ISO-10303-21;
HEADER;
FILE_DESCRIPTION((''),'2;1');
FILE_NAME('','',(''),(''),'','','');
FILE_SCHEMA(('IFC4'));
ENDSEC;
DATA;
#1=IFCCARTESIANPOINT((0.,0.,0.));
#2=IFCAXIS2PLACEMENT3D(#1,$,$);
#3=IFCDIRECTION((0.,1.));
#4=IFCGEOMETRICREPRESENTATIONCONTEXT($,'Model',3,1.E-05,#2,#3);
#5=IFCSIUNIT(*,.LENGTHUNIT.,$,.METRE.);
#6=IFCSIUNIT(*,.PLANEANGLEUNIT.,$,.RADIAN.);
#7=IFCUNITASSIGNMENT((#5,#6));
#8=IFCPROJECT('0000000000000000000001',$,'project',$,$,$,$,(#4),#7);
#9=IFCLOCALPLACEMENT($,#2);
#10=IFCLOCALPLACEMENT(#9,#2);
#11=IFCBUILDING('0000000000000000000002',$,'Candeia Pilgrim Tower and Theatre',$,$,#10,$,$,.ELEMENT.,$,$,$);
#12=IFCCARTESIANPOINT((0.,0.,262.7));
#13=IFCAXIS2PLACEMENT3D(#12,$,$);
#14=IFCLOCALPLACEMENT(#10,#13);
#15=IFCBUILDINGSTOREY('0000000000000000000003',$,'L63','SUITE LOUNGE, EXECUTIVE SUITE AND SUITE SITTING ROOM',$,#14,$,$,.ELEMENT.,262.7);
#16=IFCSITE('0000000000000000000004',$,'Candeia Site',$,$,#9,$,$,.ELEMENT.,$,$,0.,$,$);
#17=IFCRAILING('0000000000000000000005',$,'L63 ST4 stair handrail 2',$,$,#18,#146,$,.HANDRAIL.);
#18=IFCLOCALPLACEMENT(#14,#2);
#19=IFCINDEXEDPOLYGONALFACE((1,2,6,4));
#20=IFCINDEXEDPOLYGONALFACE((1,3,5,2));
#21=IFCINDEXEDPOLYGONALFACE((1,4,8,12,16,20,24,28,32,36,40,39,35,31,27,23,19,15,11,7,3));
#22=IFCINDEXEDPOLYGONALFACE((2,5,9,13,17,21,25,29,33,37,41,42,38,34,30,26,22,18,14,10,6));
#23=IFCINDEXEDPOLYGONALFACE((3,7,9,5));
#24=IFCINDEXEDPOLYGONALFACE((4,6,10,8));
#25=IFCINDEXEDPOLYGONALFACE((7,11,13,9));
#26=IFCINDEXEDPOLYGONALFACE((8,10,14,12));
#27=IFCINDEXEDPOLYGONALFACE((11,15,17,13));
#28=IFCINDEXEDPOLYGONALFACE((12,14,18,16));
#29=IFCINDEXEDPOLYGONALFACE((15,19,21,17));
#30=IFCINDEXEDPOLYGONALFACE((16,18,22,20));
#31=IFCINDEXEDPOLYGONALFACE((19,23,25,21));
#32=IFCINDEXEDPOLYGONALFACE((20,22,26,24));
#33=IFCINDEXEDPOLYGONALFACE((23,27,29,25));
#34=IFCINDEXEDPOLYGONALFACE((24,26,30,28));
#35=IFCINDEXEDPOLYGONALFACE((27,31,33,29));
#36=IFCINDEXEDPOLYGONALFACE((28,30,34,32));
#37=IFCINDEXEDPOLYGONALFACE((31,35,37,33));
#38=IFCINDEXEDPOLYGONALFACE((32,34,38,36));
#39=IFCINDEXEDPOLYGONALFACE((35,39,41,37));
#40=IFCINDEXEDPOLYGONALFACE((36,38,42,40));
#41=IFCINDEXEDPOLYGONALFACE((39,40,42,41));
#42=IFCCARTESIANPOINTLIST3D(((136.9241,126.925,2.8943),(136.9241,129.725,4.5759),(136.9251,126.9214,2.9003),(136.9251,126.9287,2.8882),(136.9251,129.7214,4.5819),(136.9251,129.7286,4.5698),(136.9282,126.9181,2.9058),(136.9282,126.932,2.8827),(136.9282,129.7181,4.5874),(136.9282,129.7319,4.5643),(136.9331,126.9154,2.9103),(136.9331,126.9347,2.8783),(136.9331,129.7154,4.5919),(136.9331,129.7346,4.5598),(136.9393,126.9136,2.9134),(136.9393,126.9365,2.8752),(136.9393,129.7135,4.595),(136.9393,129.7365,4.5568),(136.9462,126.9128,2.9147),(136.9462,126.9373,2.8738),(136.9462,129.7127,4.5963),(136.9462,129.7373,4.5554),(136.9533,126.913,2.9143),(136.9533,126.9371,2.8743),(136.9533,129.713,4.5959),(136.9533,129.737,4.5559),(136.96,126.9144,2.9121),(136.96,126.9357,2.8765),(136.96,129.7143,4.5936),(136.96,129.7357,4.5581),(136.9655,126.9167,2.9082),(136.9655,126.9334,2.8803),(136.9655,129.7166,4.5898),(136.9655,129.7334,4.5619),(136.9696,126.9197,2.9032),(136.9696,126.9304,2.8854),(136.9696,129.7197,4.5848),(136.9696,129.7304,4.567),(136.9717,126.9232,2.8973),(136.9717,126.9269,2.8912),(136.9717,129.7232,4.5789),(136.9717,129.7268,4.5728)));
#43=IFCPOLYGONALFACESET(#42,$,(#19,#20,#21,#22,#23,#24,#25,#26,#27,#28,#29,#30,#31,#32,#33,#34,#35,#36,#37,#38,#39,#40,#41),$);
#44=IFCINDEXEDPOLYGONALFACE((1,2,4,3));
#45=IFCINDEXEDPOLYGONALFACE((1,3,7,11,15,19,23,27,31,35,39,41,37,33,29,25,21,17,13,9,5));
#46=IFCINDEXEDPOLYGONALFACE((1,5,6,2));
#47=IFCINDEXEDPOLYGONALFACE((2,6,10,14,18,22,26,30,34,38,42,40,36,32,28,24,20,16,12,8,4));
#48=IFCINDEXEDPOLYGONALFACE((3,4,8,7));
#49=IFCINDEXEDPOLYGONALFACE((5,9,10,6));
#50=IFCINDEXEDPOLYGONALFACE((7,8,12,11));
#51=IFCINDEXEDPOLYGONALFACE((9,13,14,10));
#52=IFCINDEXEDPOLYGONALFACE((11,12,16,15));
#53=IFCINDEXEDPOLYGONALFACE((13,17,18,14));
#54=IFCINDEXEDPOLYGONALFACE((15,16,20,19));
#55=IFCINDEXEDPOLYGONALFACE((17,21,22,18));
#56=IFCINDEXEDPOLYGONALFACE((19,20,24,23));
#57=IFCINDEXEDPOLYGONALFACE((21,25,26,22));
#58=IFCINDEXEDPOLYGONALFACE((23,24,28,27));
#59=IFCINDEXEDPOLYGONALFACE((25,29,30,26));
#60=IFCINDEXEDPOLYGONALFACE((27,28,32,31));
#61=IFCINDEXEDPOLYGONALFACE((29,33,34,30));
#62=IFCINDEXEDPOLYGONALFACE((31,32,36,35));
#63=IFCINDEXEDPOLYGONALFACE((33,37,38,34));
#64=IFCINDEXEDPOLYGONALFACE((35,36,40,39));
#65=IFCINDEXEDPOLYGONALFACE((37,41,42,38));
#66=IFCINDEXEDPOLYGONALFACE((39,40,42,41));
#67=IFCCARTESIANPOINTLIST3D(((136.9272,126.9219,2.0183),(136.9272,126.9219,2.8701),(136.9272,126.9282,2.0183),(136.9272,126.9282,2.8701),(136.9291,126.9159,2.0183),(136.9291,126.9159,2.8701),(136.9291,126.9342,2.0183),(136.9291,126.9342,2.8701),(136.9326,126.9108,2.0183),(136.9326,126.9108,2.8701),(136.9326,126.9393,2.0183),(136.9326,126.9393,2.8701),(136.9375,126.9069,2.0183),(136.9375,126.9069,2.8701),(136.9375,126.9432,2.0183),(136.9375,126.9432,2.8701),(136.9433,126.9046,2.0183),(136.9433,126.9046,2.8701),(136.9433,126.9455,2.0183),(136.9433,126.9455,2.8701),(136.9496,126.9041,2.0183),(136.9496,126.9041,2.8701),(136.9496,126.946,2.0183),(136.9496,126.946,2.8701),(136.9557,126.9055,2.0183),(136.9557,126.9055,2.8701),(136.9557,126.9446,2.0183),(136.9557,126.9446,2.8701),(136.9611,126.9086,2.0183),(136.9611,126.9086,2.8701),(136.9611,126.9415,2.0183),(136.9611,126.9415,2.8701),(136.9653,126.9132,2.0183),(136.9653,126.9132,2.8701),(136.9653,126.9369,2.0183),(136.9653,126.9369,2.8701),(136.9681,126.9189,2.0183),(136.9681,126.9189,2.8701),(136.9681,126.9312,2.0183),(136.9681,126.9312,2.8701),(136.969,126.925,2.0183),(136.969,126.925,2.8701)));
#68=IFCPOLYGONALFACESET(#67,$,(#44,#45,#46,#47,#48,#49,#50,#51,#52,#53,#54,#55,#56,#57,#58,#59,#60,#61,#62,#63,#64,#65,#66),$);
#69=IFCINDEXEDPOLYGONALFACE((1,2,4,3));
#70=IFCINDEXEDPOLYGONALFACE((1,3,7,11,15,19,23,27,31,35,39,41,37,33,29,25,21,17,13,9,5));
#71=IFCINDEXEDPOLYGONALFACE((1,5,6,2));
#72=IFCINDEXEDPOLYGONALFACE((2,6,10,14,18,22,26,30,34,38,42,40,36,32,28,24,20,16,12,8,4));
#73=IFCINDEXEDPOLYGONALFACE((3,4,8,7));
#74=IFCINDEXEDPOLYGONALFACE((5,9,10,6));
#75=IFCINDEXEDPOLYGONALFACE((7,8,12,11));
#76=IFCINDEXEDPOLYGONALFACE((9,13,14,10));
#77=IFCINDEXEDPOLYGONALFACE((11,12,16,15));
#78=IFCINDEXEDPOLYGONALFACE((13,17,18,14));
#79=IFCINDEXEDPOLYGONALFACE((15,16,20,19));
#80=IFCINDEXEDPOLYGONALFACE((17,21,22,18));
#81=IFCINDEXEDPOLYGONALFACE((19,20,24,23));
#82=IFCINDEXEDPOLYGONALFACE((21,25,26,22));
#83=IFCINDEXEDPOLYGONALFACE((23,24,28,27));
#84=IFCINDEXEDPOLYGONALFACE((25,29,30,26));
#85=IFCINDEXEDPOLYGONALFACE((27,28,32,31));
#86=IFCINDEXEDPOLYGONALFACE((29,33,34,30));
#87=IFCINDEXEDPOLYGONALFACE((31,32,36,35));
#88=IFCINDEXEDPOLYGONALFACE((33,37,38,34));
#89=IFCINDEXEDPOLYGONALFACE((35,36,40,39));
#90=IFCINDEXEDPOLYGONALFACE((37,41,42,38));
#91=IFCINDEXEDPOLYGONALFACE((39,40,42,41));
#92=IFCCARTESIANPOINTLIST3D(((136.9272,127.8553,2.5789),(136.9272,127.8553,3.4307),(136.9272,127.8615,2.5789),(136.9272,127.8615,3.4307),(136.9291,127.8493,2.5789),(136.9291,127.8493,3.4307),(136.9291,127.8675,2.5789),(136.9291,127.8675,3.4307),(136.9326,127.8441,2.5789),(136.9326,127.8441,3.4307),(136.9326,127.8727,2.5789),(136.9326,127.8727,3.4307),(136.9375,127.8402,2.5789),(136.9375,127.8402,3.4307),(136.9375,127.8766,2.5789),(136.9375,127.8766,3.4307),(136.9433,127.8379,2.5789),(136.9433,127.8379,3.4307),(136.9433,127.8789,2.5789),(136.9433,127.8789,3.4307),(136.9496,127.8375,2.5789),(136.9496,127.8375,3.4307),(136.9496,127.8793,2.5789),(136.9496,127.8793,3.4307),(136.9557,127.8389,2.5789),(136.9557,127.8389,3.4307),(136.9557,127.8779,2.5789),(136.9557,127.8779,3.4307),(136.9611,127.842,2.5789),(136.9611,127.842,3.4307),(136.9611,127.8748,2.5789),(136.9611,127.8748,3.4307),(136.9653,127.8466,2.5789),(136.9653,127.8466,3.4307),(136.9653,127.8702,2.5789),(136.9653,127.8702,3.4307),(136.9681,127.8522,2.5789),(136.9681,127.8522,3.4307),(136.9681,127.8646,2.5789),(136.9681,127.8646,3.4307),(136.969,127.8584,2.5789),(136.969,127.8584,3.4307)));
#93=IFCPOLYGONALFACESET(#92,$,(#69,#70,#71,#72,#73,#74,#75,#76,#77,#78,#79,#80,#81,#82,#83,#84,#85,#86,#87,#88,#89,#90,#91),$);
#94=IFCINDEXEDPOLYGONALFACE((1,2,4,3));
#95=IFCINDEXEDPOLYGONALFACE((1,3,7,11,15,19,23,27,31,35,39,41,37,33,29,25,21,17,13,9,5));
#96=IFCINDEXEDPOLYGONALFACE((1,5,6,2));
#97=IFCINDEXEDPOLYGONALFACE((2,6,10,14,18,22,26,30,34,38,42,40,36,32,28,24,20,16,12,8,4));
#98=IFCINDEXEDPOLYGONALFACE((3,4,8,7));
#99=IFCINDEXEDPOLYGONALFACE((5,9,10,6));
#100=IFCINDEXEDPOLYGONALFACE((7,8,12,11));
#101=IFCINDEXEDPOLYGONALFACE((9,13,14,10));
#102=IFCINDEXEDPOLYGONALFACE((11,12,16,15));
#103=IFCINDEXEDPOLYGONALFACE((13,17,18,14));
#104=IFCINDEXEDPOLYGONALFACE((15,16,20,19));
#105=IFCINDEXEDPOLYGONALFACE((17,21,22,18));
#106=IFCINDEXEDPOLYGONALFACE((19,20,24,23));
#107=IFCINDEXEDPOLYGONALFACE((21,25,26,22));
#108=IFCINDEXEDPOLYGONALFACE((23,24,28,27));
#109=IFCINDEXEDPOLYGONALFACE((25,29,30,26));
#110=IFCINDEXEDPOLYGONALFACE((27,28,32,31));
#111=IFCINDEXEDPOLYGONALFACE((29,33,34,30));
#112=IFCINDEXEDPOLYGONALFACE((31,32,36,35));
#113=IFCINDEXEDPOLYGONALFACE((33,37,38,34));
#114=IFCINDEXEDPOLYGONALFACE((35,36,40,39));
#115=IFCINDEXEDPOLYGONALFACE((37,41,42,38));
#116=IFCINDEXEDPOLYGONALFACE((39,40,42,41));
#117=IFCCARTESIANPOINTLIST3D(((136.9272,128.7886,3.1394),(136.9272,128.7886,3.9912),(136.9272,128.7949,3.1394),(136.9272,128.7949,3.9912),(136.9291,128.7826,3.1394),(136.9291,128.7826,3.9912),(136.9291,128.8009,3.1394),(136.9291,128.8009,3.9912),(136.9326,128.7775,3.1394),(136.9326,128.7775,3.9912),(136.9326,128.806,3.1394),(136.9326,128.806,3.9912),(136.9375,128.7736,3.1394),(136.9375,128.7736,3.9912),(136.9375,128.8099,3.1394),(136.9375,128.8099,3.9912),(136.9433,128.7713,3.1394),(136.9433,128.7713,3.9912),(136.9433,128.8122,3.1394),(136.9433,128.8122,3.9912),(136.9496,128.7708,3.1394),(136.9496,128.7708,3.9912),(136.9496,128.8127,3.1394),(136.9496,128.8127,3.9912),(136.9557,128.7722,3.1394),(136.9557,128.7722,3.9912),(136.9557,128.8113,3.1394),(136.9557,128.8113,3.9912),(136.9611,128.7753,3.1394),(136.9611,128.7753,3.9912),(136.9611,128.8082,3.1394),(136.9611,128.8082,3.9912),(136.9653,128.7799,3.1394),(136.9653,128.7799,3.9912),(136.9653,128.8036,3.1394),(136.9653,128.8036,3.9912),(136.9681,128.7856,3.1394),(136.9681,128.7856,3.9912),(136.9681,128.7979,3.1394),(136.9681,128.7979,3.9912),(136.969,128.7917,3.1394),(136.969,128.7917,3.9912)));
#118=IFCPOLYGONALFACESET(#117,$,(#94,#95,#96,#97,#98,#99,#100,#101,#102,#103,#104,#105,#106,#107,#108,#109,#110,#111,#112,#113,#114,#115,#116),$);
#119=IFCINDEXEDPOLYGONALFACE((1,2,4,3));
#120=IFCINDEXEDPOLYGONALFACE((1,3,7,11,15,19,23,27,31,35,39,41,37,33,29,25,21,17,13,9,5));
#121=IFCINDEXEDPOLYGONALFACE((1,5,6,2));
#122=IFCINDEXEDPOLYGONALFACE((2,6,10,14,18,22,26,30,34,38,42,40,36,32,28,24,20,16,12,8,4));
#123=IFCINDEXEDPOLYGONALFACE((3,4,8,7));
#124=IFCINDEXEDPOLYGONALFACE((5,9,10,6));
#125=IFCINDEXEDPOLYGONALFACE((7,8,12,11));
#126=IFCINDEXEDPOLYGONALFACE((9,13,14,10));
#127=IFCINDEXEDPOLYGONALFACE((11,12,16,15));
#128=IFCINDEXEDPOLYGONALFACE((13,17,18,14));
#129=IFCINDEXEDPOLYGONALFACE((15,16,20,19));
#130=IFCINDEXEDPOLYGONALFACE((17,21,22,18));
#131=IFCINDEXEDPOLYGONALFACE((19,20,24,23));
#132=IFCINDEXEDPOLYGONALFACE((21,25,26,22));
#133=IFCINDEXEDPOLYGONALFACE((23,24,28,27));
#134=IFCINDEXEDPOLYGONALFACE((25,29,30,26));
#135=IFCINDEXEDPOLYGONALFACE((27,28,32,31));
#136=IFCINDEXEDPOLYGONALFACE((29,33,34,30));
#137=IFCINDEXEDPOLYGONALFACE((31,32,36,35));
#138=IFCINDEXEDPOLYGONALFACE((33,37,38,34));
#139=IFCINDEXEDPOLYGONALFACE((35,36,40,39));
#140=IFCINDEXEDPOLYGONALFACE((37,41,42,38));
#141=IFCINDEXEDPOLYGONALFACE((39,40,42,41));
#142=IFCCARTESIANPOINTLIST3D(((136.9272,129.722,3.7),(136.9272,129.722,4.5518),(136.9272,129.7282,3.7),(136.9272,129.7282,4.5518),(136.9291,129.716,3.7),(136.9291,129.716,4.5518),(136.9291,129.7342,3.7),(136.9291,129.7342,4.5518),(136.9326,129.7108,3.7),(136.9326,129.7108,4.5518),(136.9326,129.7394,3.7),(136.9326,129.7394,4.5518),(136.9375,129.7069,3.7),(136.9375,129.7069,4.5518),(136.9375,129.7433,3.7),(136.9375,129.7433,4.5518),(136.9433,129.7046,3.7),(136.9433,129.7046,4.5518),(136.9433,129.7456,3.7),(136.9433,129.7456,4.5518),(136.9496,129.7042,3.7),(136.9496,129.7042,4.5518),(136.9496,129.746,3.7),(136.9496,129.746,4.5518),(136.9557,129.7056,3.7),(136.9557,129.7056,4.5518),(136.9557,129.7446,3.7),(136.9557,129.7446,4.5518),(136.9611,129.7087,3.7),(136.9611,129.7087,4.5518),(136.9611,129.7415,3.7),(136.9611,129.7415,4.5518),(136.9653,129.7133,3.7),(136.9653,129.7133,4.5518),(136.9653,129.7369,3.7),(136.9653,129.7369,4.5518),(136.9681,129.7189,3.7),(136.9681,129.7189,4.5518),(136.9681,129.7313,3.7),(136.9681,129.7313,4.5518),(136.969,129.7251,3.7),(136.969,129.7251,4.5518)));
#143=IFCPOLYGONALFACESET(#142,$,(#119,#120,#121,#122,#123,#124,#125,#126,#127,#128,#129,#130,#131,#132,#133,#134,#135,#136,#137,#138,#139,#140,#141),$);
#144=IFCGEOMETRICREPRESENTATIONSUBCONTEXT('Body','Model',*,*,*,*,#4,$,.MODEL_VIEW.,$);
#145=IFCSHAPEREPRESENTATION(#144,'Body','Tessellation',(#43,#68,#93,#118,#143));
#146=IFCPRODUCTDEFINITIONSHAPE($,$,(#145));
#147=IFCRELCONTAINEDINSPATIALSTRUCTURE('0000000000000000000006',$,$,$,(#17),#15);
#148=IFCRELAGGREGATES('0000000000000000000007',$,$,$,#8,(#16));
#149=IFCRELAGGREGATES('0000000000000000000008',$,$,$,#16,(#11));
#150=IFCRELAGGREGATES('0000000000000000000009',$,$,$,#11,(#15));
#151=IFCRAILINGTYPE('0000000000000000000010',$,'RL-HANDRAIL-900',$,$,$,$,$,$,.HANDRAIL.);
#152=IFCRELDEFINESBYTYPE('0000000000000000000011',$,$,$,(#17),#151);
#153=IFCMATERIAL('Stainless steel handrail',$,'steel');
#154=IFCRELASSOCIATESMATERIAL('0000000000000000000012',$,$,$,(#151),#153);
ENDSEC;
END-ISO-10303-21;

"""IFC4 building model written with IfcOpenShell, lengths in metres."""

from ifc_helpers import new_model, si_unit, direction, frame, origin, origin_2d, place, context, subcontext, project, spatial, circle, extrude, material, type_object, element, save


model = new_model("IFC4")

# Units and contexts
model_context = context("Model", 3, precision=1e-05, world=origin(), true_north=direction((0.0, 1.0)))
body_context = subcontext(model_context, "Body", "Model", "MODEL_VIEW")
ifc_project = project(units=[si_unit("LENGTHUNIT", "METRE"), si_unit("PLANEANGLEUNIT", "RADIAN")], contexts=[model_context])

# Site, building, storey
site_placement = place(None, origin())
site = spatial("IfcSite", under=ifc_project, at=site_placement, Name="Candeia Site", CompositionType="ELEMENT", RefElevation=0.0)
building_placement = place(site_placement, origin())
building = spatial("IfcBuilding", under=site, at=building_placement, Name="Candeia Pilgrim Tower and Theatre", CompositionType="ELEMENT")
storey_placement = place(building_placement, frame((0.0, 0.0, 262.7)))
storey = spatial("IfcBuildingStorey", under=building, at=storey_placement, Name="L63", Description="SUITE LOUNGE, EXECUTIVE SUITE AND SUITE SITTING ROOM", CompositionType="ELEMENT", Elevation=262.7)

# Railing
ifc_material_1 = material(Name="Stainless steel handrail", Category="steel")
railing_type_1 = type_object("IfcRailingType", Name="RL-HANDRAIL-900", PredefinedType="HANDRAIL", material=ifc_material_1)
railing_1_placement = place(storey_placement, frame((136.948, 126.925, 2.0183)))
element("IfcRailing", 1, at=railing_1_placement, inside=storey, type_object=railing_type_1, Name="L63 ST4 stair handrail 2", PredefinedType="HANDRAIL", context=body_context, shape_type="SweptSolid", body=[
    extrude(circle(Radius=0.0239, at=origin_2d()), frame((0.0, 0.0, 0.876), z_axis=(0.0, 0.857275, 0.514858), x_axis=(-1.0, 0.0, 0.0)), (0.0, 0.0, 1.0), 3.2661),
    extrude(circle(Radius=0.021, at=origin_2d()), origin(), (0.0, 0.0, 1.0), 0.8518),
    extrude(circle(Radius=0.021, at=origin_2d()), frame((0.0, 0.9333, 0.5605)), (0.0, 0.0, 1.0), 0.8518),
    extrude(circle(Radius=0.021, at=origin_2d()), frame((0.0, 1.8667, 1.1211)), (0.0, 0.0, 1.0), 0.8518),
    extrude(circle(Radius=0.021, at=origin_2d()), frame((0.0, 2.8, 1.6816)), (0.0, 0.0, 1.0), 0.8518),
])

save(model, "model.ifc")
